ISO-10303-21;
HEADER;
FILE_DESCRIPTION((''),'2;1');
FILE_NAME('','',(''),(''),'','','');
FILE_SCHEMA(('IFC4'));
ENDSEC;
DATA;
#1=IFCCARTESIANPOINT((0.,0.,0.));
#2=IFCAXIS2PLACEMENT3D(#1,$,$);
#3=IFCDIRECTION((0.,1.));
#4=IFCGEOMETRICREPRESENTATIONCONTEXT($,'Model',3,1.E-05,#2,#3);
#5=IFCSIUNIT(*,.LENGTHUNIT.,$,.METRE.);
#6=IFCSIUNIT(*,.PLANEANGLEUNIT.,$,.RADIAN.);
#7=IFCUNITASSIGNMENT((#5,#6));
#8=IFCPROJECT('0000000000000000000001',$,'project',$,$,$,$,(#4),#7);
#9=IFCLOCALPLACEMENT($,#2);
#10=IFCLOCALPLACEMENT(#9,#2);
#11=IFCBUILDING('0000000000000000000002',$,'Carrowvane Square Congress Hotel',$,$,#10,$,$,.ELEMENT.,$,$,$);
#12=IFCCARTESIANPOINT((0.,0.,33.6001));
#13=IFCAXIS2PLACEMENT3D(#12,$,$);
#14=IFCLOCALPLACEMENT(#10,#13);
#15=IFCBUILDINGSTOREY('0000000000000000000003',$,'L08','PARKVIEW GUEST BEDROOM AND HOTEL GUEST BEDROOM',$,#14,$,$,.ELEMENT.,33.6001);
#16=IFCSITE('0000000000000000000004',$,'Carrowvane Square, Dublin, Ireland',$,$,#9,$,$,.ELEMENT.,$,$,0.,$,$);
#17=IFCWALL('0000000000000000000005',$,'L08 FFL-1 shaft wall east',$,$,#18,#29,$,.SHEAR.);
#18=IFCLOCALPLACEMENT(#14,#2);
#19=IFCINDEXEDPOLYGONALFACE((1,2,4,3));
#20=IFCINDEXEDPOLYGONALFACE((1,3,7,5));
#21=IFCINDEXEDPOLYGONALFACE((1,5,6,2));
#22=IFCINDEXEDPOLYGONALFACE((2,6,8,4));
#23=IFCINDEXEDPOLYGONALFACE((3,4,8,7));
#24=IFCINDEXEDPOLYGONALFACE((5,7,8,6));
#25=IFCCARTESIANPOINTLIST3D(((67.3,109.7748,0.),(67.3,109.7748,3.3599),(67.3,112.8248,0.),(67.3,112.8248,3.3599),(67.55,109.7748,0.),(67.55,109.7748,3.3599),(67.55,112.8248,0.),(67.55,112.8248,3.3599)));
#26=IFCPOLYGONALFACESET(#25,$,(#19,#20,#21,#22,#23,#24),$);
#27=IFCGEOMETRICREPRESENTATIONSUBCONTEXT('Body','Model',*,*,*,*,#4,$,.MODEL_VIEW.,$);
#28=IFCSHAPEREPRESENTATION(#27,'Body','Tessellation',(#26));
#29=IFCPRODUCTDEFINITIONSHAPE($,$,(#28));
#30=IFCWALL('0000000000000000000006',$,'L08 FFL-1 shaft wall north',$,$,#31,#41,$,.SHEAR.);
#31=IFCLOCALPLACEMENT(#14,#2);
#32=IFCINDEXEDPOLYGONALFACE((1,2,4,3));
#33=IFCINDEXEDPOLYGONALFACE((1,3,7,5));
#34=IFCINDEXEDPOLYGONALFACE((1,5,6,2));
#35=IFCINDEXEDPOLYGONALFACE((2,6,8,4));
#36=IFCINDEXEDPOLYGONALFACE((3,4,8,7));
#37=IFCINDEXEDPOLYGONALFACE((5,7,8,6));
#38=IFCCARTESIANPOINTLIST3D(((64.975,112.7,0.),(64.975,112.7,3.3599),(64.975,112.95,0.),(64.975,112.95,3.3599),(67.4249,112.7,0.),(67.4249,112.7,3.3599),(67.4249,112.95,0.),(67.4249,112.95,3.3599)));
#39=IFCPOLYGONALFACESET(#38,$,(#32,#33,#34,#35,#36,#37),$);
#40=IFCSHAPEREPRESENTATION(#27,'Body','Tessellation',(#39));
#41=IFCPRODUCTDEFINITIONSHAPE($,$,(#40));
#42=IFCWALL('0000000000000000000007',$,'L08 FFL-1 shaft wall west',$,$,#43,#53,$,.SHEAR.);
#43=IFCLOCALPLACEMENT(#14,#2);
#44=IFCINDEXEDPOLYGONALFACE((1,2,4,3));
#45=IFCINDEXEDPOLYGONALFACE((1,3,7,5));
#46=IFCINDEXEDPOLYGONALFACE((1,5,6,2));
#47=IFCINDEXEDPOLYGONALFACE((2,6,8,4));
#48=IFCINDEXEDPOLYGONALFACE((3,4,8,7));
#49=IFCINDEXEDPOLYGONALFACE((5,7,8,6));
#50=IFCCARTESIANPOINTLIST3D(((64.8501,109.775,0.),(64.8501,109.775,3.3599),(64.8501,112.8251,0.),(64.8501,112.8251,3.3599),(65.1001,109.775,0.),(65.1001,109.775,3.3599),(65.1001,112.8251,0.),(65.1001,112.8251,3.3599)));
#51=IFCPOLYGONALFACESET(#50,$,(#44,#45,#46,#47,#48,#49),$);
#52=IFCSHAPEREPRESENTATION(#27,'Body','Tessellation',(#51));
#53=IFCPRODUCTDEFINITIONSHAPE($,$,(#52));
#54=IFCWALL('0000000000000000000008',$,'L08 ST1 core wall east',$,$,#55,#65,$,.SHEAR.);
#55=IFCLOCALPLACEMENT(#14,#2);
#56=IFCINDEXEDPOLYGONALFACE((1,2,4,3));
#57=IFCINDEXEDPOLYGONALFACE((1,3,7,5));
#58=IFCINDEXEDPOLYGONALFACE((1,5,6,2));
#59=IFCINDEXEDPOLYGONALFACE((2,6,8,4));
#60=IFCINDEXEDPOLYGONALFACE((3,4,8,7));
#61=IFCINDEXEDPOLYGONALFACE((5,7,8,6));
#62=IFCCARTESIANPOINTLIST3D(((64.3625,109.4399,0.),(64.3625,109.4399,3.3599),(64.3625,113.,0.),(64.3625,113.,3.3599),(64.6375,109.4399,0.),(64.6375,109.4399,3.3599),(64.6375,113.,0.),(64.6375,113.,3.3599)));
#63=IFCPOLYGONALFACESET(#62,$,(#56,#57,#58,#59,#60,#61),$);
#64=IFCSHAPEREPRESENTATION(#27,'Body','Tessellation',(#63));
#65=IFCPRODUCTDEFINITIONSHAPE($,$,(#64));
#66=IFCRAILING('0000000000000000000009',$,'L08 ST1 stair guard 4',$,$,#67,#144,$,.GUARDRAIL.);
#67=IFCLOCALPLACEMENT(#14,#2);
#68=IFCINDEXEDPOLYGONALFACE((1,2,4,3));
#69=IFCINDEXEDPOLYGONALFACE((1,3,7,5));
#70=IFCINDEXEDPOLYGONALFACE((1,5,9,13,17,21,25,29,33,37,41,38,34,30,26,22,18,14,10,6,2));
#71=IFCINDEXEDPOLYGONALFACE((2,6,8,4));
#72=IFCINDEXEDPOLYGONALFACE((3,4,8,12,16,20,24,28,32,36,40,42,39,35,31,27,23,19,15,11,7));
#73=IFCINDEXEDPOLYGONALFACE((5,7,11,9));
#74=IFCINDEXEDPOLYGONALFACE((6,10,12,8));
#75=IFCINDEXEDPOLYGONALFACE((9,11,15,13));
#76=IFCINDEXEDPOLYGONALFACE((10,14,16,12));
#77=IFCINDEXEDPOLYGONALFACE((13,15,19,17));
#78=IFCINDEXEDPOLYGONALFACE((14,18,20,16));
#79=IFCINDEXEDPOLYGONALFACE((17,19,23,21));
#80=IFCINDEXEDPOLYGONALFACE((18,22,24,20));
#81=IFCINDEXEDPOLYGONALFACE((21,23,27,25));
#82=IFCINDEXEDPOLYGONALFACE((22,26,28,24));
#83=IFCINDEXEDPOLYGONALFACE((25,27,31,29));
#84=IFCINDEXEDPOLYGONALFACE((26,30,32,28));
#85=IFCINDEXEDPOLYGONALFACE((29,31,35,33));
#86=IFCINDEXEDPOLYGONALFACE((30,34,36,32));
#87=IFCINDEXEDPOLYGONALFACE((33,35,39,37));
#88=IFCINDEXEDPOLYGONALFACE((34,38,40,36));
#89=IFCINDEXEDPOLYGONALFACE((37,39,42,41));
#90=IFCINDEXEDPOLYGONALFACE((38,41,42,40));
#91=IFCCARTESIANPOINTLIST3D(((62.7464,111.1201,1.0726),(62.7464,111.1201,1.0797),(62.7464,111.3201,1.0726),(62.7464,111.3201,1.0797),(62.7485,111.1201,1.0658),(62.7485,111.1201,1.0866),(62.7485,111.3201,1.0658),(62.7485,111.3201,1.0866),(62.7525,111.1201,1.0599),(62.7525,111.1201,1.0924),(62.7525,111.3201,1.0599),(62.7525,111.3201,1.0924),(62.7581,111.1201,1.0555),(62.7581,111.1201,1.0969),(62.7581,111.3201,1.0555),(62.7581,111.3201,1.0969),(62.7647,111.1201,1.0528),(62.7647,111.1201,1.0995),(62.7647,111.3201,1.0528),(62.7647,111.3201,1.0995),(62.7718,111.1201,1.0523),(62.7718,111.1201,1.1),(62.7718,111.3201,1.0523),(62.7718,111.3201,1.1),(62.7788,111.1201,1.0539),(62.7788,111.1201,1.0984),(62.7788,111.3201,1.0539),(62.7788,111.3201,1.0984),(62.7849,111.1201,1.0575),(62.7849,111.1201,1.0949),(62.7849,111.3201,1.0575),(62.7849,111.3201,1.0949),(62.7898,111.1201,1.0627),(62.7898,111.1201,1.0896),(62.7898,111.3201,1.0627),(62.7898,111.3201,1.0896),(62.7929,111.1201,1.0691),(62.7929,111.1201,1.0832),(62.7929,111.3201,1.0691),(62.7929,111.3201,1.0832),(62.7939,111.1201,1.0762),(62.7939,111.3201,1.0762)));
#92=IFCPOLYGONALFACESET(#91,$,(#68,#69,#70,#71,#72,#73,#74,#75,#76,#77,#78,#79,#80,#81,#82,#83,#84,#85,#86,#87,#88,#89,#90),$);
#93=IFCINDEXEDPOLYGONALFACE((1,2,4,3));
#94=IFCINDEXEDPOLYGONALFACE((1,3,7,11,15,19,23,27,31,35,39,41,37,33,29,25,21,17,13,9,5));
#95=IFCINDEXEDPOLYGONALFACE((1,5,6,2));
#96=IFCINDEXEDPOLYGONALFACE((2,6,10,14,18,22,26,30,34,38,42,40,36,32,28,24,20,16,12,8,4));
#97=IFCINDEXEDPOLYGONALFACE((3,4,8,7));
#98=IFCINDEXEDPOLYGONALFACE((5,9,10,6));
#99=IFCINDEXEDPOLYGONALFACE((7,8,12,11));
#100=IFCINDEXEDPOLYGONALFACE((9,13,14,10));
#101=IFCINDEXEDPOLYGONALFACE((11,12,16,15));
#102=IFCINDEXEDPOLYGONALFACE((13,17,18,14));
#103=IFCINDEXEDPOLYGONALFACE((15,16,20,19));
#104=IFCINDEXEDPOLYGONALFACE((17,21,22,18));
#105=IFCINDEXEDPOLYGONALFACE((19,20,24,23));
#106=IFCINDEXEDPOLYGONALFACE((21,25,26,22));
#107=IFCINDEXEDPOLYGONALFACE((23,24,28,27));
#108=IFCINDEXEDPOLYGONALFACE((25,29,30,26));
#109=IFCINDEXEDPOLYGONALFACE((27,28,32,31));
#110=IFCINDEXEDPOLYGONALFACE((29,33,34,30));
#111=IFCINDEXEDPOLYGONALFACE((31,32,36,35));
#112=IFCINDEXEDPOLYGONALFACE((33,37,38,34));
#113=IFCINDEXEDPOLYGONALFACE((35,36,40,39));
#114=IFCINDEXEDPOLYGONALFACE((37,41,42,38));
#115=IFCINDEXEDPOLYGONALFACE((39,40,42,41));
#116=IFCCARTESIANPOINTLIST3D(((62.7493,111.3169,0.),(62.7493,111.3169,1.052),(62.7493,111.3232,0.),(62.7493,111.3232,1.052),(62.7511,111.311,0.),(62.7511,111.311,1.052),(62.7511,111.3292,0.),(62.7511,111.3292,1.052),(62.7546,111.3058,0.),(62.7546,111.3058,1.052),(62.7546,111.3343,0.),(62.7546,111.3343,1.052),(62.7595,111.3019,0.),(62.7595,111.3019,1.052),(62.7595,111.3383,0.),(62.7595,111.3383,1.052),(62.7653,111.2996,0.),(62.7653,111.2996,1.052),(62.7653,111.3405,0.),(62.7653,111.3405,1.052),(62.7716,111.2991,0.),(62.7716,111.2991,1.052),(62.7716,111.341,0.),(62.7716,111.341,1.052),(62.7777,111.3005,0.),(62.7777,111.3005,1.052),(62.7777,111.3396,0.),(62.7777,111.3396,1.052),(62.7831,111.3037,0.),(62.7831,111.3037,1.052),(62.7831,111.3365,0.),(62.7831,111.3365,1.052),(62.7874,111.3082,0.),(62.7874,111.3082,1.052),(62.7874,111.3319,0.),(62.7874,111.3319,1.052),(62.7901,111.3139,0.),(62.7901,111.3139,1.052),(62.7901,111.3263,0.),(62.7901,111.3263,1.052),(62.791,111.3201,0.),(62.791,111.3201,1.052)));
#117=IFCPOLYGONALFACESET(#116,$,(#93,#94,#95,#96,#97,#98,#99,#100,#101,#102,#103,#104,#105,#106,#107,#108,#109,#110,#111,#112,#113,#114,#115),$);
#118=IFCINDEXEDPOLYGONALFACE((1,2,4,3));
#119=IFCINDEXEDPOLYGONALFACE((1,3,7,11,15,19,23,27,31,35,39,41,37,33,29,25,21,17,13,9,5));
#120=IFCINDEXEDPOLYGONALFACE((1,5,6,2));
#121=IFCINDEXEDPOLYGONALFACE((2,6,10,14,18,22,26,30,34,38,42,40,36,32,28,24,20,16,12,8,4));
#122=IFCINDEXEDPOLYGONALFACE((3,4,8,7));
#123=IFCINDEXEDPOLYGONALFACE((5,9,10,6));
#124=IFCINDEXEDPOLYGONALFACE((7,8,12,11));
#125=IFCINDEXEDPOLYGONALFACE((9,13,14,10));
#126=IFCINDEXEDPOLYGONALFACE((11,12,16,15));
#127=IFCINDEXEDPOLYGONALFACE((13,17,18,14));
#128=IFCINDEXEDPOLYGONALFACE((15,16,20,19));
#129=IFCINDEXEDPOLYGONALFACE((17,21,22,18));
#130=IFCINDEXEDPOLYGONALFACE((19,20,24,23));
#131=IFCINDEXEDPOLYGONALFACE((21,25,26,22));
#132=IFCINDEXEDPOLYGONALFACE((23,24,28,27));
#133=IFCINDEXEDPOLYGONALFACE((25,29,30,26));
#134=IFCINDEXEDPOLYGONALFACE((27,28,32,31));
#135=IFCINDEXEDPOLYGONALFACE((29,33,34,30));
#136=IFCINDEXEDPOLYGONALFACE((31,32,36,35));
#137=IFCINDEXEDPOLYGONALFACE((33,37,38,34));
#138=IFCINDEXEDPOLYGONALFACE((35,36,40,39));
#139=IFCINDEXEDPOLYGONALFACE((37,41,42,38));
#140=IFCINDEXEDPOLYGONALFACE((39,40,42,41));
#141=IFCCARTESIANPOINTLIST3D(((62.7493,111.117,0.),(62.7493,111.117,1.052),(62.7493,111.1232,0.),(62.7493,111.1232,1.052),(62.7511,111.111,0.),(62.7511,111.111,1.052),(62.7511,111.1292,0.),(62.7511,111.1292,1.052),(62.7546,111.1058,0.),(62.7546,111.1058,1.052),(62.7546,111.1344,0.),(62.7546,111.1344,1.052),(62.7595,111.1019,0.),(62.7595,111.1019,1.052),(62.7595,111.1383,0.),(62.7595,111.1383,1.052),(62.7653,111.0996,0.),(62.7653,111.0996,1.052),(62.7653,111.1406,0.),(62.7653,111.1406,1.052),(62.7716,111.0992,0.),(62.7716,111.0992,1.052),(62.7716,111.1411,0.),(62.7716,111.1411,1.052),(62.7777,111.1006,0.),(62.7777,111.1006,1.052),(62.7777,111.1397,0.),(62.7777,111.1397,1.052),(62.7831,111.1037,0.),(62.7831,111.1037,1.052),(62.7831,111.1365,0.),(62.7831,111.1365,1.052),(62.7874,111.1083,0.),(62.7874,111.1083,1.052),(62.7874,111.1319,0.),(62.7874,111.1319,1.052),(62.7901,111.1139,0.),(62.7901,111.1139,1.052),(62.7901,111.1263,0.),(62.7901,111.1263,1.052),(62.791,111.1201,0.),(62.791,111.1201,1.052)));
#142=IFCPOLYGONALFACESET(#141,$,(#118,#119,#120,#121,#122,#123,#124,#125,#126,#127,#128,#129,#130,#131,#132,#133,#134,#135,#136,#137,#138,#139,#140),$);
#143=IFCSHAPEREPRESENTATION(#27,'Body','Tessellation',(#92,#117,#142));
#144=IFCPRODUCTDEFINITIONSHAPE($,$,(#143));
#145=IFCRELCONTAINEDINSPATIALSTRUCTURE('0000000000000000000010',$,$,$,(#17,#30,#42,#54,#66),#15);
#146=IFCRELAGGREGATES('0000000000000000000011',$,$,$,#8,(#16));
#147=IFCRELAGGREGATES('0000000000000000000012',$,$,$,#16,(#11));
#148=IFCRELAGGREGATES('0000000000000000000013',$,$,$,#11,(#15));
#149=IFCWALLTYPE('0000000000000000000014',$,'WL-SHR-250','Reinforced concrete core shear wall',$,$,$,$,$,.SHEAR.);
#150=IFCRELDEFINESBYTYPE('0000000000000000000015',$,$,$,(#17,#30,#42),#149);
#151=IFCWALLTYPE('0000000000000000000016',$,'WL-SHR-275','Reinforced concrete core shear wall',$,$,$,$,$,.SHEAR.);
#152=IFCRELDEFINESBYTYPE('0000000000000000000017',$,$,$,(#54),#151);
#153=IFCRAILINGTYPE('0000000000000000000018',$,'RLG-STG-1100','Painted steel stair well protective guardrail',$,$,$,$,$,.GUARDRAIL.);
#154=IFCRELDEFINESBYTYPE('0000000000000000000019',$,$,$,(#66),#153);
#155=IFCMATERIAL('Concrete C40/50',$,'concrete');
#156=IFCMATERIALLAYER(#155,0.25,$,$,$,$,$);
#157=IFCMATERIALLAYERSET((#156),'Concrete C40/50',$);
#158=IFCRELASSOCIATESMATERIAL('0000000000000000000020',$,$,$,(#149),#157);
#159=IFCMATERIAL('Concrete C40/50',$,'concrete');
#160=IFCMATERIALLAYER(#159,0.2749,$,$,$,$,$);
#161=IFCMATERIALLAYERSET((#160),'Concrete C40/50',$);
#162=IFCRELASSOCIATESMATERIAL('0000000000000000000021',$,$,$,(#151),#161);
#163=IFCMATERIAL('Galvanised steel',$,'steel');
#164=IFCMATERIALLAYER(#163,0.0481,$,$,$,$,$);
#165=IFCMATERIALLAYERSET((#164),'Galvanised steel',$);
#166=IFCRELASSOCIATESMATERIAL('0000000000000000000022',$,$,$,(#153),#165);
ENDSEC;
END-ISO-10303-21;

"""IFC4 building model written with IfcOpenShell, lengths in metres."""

from ifc_helpers import new_model, si_unit, direction, frame, frame_2d, origin, origin_2d, place, context, subcontext, project, spatial, rectangle, circle, extrude, material, layer, layer_set, type_object, element, save


model = new_model("IFC4")

# Units and contexts
model_context = context("Model", 3, precision=1e-05, world=origin(), true_north=direction((0.0, 1.0)))
body_context = subcontext(model_context, "Body", "Model", "MODEL_VIEW")
ifc_project = project(units=[si_unit("LENGTHUNIT", "METRE"), si_unit("PLANEANGLEUNIT", "RADIAN")], contexts=[model_context])

# Site, building, storey
site_placement = place(None, origin())
site = spatial("IfcSite", under=ifc_project, at=site_placement, Name="Carrowvane Square, Dublin, Ireland", CompositionType="ELEMENT", RefElevation=0.0)
building_placement = place(site_placement, origin())
building = spatial("IfcBuilding", under=site, at=building_placement, Name="Carrowvane Square Congress Hotel", CompositionType="ELEMENT")
storey_placement = place(building_placement, frame((0.0, 0.0, 33.6001)))
storey = spatial("IfcBuildingStorey", under=building, at=storey_placement, Name="L08", Description="PARKVIEW GUEST BEDROOM AND HOTEL GUEST BEDROOM", CompositionType="ELEMENT", Elevation=33.6001)

# Shared definitions
ifc_material_1 = material(Name="Concrete C40/50", Category="concrete")
ifc_layer_1 = layer(ifc_material_1, 0.25)
ifc_layer_set_1 = layer_set([ifc_layer_1], Name="Concrete C40/50")
wall_type_1 = type_object("IfcWallType", Name="WL-SHR-250", Description="Reinforced concrete core shear wall", PredefinedType="SHEAR", material=ifc_layer_set_1)

# Walls
wall_1_placement = place(storey_placement, frame((67.425, 109.7749, 0.0), z_axis=(0.0, 0.0, 1.0), x_axis=(0.0, 1.0, 0.0)))
element("IfcWall", 1, at=wall_1_placement, inside=storey, type_object=wall_type_1, Name="L08 FFL-1 shaft wall east", PredefinedType="SHEAR", context=body_context, shape_type="SweptSolid", body=[
    extrude(rectangle(XDim=3.05, YDim=0.25, at=frame_2d((1.5249, 0.0))), origin(), (0.0, 0.0, 1.0), 3.3599),
])
wall_2_placement = place(storey_placement, frame((67.425, 112.825, 0.0), z_axis=(0.0, 0.0, 1.0), x_axis=(-1.0, 0.0, 0.0)))
element("IfcWall", 2, at=wall_2_placement, inside=storey, type_object=wall_type_1, Name="L08 FFL-1 shaft wall north", PredefinedType="SHEAR", context=body_context, shape_type="SweptSolid", body=[
    extrude(rectangle(XDim=2.45, YDim=0.25, at=frame_2d((1.2251, 0.0))), origin(), (0.0, 0.0, 1.0), 3.3599),
])
wall_3_placement = place(storey_placement, frame((64.9751, 112.825, 0.0), z_axis=(0.0, 0.0, 1.0), x_axis=(0.0, -1.0, 0.0)))
element("IfcWall", 3, at=wall_3_placement, inside=storey, type_object=wall_type_1, Name="L08 FFL-1 shaft wall west", PredefinedType="SHEAR", context=body_context, shape_type="SweptSolid", body=[
    extrude(rectangle(XDim=3.05, YDim=0.25, at=frame_2d((1.5249, 0.0))), origin(), (0.0, 0.0, 1.0), 3.3599),
])
ifc_material_2 = material(Name="Concrete C40/50", Category="concrete")
ifc_layer_2 = layer(ifc_material_2, 0.2749)
ifc_layer_set_2 = layer_set([ifc_layer_2], Name="Concrete C40/50")
wall_type_2 = type_object("IfcWallType", Name="WL-SHR-275", Description="Reinforced concrete core shear wall", PredefinedType="SHEAR", material=ifc_layer_set_2)
wall_4_placement = place(storey_placement, frame((64.5, 109.4399, 0.0), z_axis=(0.0, 0.0, 1.0), x_axis=(0.0, 1.0, 0.0)))
element("IfcWall", 4, at=wall_4_placement, inside=storey, type_object=wall_type_2, Name="L08 ST1 core wall east", PredefinedType="SHEAR", context=body_context, shape_type="SweptSolid", body=[
    extrude(rectangle(XDim=3.5601, YDim=0.2749, at=frame_2d((1.78, 0.0))), origin(), (0.0, 0.0, 1.0), 3.3599),
])

# Railing
ifc_material_3 = material(Name="Galvanised steel", Category="steel")
ifc_layer_3 = layer(ifc_material_3, 0.0481)
ifc_layer_set_3 = layer_set([ifc_layer_3], Name="Galvanised steel")
railing_type = type_object("IfcRailingType", Name="RLG-STG-1100", Description="Painted steel stair well protective guardrail", PredefinedType="GUARDRAIL", material=ifc_layer_set_3)
railing_placement = place(storey_placement, frame((62.77, 111.3201, 0.0)))
element("IfcRailing", 5, at=railing_placement, inside=storey, type_object=railing_type, Name="L08 ST1 stair guard 4", PredefinedType="GUARDRAIL", context=body_context, shape_type="SweptSolid", body=[
    extrude(circle(Radius=0.0239, at=origin_2d()), frame((0.0, 0.0, 1.0762), z_axis=(0.0, -1.0, 0.0), x_axis=(1.0, 0.0, 0.0)), (0.0, 0.0, 1.0), 0.2),
    extrude(circle(Radius=0.021, at=origin_2d()), origin(), (0.0, 0.0, 1.0), 1.052),
    extrude(circle(Radius=0.021, at=origin_2d()), frame((0.0, -0.2, 0.0)), (0.0, 0.0, 1.0), 1.052),
])

save(model, "model.ifc")
